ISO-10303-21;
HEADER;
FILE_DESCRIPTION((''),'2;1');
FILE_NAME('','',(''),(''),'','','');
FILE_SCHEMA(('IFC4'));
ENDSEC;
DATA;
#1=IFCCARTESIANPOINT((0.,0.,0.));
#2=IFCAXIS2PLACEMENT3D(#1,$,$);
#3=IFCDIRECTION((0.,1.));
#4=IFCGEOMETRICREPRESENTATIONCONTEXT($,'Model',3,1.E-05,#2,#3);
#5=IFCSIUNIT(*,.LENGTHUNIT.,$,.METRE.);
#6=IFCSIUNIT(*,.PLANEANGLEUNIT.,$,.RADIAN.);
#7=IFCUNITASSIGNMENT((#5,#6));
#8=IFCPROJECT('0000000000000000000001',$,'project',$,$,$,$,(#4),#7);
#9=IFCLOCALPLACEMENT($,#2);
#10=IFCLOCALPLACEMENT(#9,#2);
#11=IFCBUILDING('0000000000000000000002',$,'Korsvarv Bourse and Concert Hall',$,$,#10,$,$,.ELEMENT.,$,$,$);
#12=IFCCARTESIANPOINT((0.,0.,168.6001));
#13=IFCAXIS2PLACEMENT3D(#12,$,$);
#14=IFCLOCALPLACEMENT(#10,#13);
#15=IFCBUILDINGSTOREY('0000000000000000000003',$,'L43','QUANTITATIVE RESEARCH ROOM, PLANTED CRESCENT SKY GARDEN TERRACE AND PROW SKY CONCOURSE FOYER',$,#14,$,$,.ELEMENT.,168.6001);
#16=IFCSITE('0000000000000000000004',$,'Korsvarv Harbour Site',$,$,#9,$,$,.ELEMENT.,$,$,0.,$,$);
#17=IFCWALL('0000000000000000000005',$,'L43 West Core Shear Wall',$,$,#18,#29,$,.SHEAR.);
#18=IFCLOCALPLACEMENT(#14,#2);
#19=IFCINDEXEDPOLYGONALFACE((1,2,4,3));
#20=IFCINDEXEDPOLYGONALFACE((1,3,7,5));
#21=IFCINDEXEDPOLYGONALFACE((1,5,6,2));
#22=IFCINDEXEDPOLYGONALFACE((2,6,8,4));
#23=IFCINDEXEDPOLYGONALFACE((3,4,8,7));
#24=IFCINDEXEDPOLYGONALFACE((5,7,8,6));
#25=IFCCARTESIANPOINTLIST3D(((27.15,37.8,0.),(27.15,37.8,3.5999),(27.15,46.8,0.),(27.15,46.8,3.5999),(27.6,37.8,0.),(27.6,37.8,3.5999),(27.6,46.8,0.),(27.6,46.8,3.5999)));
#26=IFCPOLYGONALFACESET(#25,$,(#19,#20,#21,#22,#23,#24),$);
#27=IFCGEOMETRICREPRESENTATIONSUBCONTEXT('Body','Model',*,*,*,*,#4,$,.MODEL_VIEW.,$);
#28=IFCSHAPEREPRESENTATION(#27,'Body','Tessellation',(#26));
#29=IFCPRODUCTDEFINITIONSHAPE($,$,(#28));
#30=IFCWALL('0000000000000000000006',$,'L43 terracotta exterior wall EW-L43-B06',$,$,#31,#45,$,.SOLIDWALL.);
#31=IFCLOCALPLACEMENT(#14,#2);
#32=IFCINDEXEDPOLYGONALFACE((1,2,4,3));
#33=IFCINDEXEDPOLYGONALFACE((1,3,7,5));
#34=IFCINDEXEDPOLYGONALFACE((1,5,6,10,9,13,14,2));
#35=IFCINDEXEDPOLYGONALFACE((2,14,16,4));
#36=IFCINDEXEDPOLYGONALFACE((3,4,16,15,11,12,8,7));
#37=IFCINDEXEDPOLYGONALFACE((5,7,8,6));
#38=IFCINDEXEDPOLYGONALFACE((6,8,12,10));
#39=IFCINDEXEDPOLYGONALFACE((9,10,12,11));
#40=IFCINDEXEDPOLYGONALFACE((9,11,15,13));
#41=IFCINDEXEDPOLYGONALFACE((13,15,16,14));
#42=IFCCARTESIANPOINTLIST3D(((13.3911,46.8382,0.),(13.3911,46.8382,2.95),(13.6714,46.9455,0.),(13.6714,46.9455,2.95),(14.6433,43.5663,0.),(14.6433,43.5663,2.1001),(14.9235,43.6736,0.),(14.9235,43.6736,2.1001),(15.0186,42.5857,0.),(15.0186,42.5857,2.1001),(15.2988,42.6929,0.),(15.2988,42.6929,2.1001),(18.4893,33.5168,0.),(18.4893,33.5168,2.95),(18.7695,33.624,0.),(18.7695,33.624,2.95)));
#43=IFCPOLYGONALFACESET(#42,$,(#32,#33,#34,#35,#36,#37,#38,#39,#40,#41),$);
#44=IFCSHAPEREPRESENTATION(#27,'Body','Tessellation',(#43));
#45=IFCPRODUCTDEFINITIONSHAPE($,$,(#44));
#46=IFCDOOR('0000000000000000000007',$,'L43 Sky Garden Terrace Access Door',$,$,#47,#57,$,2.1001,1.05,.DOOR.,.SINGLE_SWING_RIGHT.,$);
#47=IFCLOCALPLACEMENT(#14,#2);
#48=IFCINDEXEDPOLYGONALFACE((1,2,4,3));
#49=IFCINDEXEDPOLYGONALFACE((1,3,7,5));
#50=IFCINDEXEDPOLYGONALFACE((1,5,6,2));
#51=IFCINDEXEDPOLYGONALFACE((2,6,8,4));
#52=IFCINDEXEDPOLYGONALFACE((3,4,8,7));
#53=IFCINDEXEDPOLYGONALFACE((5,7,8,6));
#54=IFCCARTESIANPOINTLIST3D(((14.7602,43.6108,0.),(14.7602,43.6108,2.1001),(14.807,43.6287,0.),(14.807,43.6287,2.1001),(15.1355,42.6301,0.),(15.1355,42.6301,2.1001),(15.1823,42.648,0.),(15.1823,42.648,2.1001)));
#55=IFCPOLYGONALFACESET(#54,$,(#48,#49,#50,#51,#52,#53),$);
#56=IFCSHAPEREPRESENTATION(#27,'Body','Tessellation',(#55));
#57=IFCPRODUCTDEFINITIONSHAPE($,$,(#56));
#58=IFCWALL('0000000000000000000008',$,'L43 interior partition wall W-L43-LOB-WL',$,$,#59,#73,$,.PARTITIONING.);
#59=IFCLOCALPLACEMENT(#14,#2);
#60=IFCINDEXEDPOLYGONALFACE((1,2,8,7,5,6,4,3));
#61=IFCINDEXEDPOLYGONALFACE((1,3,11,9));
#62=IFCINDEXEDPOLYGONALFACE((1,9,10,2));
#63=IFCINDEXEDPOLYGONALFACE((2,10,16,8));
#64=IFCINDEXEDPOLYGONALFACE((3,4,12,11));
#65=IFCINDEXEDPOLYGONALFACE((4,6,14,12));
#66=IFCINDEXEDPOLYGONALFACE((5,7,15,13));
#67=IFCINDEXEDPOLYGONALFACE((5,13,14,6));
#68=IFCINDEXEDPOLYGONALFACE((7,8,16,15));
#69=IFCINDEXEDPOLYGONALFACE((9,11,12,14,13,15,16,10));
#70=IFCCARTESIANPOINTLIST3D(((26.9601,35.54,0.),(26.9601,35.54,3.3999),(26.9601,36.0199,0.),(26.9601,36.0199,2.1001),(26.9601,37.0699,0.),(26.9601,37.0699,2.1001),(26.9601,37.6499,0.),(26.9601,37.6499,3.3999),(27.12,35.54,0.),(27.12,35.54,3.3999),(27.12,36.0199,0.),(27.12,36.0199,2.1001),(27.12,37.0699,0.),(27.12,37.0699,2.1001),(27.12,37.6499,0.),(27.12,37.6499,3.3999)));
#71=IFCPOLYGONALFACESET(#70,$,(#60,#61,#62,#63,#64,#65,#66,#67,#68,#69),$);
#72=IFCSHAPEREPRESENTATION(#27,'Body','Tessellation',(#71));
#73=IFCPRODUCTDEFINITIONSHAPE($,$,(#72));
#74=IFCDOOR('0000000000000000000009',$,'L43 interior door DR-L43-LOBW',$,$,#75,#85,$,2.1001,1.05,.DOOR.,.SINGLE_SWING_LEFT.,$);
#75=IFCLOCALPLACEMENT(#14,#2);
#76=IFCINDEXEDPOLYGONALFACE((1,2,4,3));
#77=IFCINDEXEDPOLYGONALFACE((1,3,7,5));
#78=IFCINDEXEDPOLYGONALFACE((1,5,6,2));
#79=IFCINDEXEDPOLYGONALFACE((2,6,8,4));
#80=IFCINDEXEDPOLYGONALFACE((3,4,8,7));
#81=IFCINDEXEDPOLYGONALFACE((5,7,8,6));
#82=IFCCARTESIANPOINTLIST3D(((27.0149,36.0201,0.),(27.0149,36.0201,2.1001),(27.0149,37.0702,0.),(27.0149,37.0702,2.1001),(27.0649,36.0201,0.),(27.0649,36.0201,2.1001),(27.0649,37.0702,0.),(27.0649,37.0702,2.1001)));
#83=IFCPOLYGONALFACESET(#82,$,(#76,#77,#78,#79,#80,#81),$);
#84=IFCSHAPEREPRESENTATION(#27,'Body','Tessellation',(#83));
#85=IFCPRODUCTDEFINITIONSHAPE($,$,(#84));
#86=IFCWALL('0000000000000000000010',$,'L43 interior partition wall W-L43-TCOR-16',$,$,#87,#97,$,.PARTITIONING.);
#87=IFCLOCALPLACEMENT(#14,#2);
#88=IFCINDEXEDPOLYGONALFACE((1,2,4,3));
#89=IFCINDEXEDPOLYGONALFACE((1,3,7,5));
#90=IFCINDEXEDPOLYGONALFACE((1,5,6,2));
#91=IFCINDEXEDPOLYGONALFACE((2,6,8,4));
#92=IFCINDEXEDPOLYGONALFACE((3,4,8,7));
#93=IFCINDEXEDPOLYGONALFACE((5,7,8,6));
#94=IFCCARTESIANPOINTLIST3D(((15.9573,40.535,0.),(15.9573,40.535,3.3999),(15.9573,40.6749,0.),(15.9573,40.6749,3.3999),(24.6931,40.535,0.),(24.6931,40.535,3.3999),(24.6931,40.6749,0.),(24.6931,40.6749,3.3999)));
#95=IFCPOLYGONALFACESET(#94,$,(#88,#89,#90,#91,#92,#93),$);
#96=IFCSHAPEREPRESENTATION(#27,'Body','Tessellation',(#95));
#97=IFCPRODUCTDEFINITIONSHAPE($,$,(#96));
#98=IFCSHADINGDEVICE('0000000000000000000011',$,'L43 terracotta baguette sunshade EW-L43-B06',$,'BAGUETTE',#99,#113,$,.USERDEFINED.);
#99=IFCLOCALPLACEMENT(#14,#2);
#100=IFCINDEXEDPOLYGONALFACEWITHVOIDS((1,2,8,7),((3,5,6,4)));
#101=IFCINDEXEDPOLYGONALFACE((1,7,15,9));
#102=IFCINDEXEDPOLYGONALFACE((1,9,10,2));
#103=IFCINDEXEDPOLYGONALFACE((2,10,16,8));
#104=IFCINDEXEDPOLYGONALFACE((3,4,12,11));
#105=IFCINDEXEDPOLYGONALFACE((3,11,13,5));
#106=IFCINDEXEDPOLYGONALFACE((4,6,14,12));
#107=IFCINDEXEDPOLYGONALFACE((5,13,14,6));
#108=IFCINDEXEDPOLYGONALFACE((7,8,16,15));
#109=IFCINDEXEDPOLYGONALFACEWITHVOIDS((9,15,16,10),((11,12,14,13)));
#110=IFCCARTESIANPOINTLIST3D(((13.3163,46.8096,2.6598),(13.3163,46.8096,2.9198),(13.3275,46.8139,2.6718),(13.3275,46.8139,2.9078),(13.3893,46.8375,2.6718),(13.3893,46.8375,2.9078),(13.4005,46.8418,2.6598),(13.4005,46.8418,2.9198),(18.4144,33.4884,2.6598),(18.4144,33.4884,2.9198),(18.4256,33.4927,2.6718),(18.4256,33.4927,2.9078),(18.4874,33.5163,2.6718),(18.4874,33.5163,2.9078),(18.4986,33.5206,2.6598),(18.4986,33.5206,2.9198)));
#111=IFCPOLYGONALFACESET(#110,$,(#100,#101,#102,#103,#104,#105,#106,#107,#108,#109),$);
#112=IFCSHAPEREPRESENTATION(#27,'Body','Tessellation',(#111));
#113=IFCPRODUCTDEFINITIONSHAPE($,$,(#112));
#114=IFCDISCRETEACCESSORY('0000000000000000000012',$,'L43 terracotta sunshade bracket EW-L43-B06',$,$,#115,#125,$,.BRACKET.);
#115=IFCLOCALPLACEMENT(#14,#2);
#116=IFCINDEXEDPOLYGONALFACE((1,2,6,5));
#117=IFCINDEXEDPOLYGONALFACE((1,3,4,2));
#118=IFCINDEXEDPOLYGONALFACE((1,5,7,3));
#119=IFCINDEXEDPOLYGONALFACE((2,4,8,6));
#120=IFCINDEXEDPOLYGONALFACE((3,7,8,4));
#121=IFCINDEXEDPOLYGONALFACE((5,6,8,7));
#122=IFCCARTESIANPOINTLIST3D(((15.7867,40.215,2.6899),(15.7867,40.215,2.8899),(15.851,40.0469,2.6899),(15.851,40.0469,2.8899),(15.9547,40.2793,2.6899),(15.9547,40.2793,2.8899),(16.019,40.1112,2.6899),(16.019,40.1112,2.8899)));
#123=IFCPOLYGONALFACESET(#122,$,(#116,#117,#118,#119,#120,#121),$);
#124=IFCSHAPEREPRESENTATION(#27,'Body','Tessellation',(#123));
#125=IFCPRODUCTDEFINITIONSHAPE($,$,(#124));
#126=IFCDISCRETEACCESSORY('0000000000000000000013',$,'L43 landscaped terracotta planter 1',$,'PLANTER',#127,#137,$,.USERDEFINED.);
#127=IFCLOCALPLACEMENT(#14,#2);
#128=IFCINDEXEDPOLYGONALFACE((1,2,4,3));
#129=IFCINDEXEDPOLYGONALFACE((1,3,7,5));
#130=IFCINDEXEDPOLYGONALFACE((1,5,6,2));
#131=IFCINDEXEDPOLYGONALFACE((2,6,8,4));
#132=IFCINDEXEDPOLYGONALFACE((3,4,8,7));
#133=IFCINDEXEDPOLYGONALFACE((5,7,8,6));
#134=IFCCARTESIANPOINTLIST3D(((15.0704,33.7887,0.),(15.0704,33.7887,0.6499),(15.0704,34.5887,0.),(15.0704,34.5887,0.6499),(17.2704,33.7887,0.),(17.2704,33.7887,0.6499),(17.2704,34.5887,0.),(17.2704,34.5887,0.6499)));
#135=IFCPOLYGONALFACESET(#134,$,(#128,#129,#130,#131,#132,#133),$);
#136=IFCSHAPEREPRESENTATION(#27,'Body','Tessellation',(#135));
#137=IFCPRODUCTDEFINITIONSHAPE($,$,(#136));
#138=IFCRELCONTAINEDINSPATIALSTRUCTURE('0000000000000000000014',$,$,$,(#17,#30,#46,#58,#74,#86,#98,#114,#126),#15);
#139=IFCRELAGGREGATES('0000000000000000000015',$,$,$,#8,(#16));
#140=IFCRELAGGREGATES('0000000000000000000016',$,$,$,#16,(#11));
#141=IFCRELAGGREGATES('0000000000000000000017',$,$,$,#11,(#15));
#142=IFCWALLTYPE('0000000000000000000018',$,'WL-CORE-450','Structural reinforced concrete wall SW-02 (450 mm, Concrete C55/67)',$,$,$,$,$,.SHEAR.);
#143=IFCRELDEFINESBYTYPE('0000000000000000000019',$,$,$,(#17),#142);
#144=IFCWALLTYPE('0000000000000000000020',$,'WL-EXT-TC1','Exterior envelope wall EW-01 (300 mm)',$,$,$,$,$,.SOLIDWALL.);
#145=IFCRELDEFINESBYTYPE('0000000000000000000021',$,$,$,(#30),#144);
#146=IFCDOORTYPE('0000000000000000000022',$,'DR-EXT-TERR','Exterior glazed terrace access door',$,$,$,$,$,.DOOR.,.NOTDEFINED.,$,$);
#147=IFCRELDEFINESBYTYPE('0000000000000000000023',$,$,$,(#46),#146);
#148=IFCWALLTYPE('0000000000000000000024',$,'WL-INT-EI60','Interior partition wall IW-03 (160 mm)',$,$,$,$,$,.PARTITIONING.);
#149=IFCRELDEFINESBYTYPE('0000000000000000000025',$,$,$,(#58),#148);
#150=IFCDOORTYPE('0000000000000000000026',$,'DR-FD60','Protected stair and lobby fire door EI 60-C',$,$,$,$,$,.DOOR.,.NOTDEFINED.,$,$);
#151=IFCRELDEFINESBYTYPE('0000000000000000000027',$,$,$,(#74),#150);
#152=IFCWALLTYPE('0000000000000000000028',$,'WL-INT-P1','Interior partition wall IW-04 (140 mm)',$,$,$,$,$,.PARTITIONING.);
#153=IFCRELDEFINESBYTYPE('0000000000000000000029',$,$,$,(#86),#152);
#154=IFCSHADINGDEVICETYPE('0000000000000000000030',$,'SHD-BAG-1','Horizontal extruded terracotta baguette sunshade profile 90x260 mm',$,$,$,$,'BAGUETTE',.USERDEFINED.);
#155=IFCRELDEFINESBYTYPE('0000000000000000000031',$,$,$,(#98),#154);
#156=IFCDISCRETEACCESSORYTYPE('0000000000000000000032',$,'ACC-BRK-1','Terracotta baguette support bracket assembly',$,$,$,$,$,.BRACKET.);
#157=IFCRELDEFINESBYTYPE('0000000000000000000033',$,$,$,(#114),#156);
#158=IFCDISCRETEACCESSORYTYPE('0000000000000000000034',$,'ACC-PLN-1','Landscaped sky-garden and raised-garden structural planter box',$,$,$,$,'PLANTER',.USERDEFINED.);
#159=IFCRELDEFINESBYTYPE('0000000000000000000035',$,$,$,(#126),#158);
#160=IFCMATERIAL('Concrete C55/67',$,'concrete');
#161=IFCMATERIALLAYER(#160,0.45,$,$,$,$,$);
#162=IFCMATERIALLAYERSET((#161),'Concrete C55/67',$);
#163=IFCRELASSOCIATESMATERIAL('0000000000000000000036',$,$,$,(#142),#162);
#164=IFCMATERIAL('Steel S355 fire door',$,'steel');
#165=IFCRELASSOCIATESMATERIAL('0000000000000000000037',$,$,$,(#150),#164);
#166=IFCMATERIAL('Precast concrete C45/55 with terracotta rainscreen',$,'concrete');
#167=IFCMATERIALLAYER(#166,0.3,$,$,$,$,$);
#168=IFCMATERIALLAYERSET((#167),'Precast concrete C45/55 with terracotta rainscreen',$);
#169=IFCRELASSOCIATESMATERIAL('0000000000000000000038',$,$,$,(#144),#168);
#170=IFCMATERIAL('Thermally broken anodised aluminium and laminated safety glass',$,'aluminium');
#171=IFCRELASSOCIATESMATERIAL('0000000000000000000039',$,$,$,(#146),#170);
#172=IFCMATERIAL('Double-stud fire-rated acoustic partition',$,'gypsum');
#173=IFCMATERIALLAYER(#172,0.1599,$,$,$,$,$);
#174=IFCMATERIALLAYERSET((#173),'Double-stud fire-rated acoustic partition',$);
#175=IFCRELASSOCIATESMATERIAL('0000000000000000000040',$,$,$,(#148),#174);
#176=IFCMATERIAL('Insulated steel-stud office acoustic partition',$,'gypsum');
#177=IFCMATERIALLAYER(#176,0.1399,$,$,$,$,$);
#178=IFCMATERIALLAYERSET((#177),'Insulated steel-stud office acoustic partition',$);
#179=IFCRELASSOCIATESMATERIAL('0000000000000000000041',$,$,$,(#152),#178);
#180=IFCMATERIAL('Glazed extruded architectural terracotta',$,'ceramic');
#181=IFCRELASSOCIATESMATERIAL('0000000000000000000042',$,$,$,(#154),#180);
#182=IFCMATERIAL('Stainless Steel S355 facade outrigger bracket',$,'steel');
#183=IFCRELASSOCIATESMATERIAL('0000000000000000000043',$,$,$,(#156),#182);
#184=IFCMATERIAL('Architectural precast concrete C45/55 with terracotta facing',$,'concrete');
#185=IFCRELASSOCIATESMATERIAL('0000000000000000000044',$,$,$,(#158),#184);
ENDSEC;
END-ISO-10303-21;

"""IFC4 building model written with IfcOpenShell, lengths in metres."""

from ifc_helpers import new_model, si_unit, direction, frame, frame_2d, origin, origin_2d, place, context, subcontext, project, spatial, rectangle, hollow_rectangle, extrude, source, transform, mapped, material, layer, layer_set, material_profile, profile_set, type_object, element, fill, save


model = new_model("IFC4")

# Units and contexts
model_context = context("Model", 3, precision=1e-05, world=origin(), true_north=direction((0.0, 1.0)))
body_context = subcontext(model_context, "Body", "Model", "MODEL_VIEW")
ifc_project = project(units=[si_unit("LENGTHUNIT", "METRE"), si_unit("PLANEANGLEUNIT", "RADIAN")], contexts=[model_context])

# Site, building, storey
site_placement = place(None, origin())
site = spatial("IfcSite", under=ifc_project, at=site_placement, Name="Korsvarv Harbour Site", CompositionType="ELEMENT", RefElevation=0.0)
building_placement = place(site_placement, origin())
building = spatial("IfcBuilding", under=site, at=building_placement, Name="Korsvarv Bourse and Concert Hall", CompositionType="ELEMENT")
storey_placement = place(building_placement, frame((0.0, 0.0, 168.6001)))
storey = spatial("IfcBuildingStorey", under=building, at=storey_placement, Name="L43", Description="QUANTITATIVE RESEARCH ROOM, PLANTED CRESCENT SKY GARDEN TERRACE AND PROW SKY CONCOURSE FOYER", CompositionType="ELEMENT", Elevation=168.6001)

# Shared definitions
ifc_material_1 = material(Name="Concrete C55/67", Category="concrete")
ifc_layer_1 = layer(ifc_material_1, 0.45)
ifc_layer_set_1 = layer_set([ifc_layer_1], Name="Concrete C55/67")
wall_type_1 = type_object("IfcWallType", Name="WL-CORE-450", Description="Structural reinforced concrete wall SW-02 (450 mm, Concrete C55/67)", PredefinedType="SHEAR", material=ifc_layer_set_1)

# Shared definitions
ifc_material_2 = material(Name="Steel S355 fire door", Category="steel")
door_type_1 = type_object("IfcDoorType", Name="DR-FD60", Description="Protected stair and lobby fire door EI 60-C", OperationType="NOTDEFINED", PredefinedType="DOOR", material=ifc_material_2)

# Wall
wall_1_placement = place(storey_placement, frame((27.375, 37.8, 0.0), z_axis=(0.0, 0.0, 1.0), x_axis=(0.0, 1.0, 0.0)))
element("IfcWall", 1, at=wall_1_placement, inside=storey, type_object=wall_type_1, Name="L43 West Core Shear Wall", PredefinedType="SHEAR", context=body_context, shape_type="SweptSolid", body=[
    extrude(rectangle(XDim=9.0, YDim=0.45, at=frame_2d((4.5, 0.0))), origin(), (0.0, 0.0, 1.0), 3.5999),
])

# Walls, openings, doors
ifc_material_3 = material(Name="Precast concrete C45/55 with terracotta rainscreen", Category="concrete")
ifc_layer_2 = layer(ifc_material_3, 0.3)
ifc_layer_set_2 = layer_set([ifc_layer_2], Name="Precast concrete C45/55 with terracotta rainscreen")
wall_type_2 = type_object("IfcWallType", Name="WL-EXT-TC1", Description="Exterior envelope wall EW-01 (300 mm)", PredefinedType="SOLIDWALL", material=ifc_layer_set_2)
wall_2_placement = place(storey_placement, frame((13.5312, 46.8918, 0.0), z_axis=(0.0, 0.0, 1.0), x_axis=(0.35742, -0.933944, 0.0)))
wall_2 = element("IfcWall", 2, at=wall_2_placement, inside=storey, type_object=wall_type_2, Name="L43 terracotta exterior wall EW-L43-B06", PredefinedType="SOLIDWALL", context=body_context, shape_type="SweptSolid", body=[
    extrude(rectangle(XDim=14.2637, YDim=0.3, at=frame_2d((7.1318, 0.0))), origin(), (0.0, 0.0, 1.0), 2.95),
])
opening_1_placement = place(wall_2_placement, frame((3.5034, 0.0, 0.0)))
opening_1 = element("IfcOpeningElement", 3, at=opening_1_placement, cuts=wall_2, PredefinedType="OPENING", context=body_context, shape_type="SweptSolid", body=[
    extrude(rectangle(XDim=1.05, YDim=2.1001, at=frame_2d((0.5249, 1.05))), frame((0.0, 0.1602, 0.0), z_axis=(0.0, -1.0, 0.0), x_axis=(1.0, 0.0, 0.0)), (0.0, 0.0, 1.0), 0.3201),
])
ifc_material_4 = material(Name="Thermally broken anodised aluminium and laminated safety glass", Category="aluminium")
door_type_2 = type_object("IfcDoorType", Name="DR-EXT-TERR", Description="Exterior glazed terrace access door", OperationType="NOTDEFINED", PredefinedType="DOOR", material=ifc_material_4)
door_1_placement = place(opening_1_placement, frame((1.05, 0.0, 0.0), z_axis=(0.0, 0.0, 1.0), x_axis=(-1.0, 0.0, 0.0)))
door_1 = element("IfcDoor", 4, at=door_1_placement, inside=storey, type_object=door_type_2, Name="L43 Sky Garden Terrace Access Door", OperationType="SINGLE_SWING_RIGHT", OverallHeight=2.1001, OverallWidth=1.05, PredefinedType="DOOR", context=body_context, shape_type="SweptSolid", body=[
    extrude(rectangle(XDim=1.05, YDim=2.1001, at=frame_2d((0.5249, 1.05))), frame((0.0, 0.0249, 0.0), z_axis=(0.0, -1.0, 0.0), x_axis=(1.0, 0.0, 0.0)), (0.0, 0.0, 1.0), 0.05),
])
fill(opening_1, door_1)
ifc_material_5 = material(Name="Double-stud fire-rated acoustic partition", Category="gypsum")
ifc_layer_3 = layer(ifc_material_5, 0.1599)
ifc_layer_set_3 = layer_set([ifc_layer_3], Name="Double-stud fire-rated acoustic partition")
wall_type_3 = type_object("IfcWallType", Name="WL-INT-EI60", Description="Interior partition wall IW-03 (160 mm)", PredefinedType="PARTITIONING", material=ifc_layer_set_3)
wall_3_placement = place(storey_placement, frame((27.04, 35.54, 0.0), z_axis=(0.0, 0.0, 1.0), x_axis=(0.0, 1.0, 0.0)))
wall_3 = element("IfcWall", 5, at=wall_3_placement, inside=storey, type_object=wall_type_3, Name="L43 interior partition wall W-L43-LOB-WL", PredefinedType="PARTITIONING", context=body_context, shape_type="SweptSolid", body=[
    extrude(rectangle(XDim=2.1099, YDim=0.1599, at=frame_2d((1.0549, 0.0))), origin(), (0.0, 0.0, 1.0), 3.3999),
])
opening_2_placement = place(wall_3_placement, frame((0.48, 0.0, 0.0)))
opening_2 = element("IfcOpeningElement", 6, at=opening_2_placement, cuts=wall_3, PredefinedType="OPENING", context=body_context, shape_type="SweptSolid", body=[
    extrude(rectangle(XDim=1.05, YDim=2.1001, at=frame_2d((0.5249, 1.05))), frame((0.0, 0.0898, 0.0), z_axis=(0.0, -1.0, 0.0), x_axis=(1.0, 0.0, 0.0)), (0.0, 0.0, 1.0), 0.1799),
])
door_2_placement = place(opening_2_placement, frame((1.05, 0.0, 0.0), z_axis=(0.0, 0.0, 1.0), x_axis=(-1.0, 0.0, 0.0)))
door_2 = element("IfcDoor", 7, at=door_2_placement, inside=storey, type_object=door_type_1, Name="L43 interior door DR-L43-LOBW", OperationType="SINGLE_SWING_LEFT", OverallHeight=2.1001, OverallWidth=1.05, PredefinedType="DOOR", context=body_context, shape_type="SweptSolid", body=[
    extrude(rectangle(XDim=1.05, YDim=2.1001, at=frame_2d((0.5249, 1.05))), frame((0.0, 0.0249, 0.0), z_axis=(0.0, -1.0, 0.0), x_axis=(1.0, 0.0, 0.0)), (0.0, 0.0, 1.0), 0.05),
])
fill(opening_2, door_2)

# Wall
ifc_material_6 = material(Name="Insulated steel-stud office acoustic partition", Category="gypsum")
ifc_layer_4 = layer(ifc_material_6, 0.1399)
ifc_layer_set_4 = layer_set([ifc_layer_4], Name="Insulated steel-stud office acoustic partition")
wall_type_4 = type_object("IfcWallType", Name="WL-INT-P1", Description="Interior partition wall IW-04 (140 mm)", PredefinedType="PARTITIONING", material=ifc_layer_set_4)
wall_4_placement = place(storey_placement, frame((15.9573, 40.605, 0.0), z_axis=(0.0, 0.0, 1.0), x_axis=(1.0, 0.0, 0.0)))
element("IfcWall", 8, at=wall_4_placement, inside=storey, type_object=wall_type_4, Name="L43 interior partition wall W-L43-TCOR-16", PredefinedType="PARTITIONING", context=body_context, shape_type="SweptSolid", body=[
    extrude(rectangle(XDim=8.7358, YDim=0.1399, at=frame_2d((4.3679, 0.0))), origin(), (0.0, 0.0, 1.0), 3.3999),
])

# Shading device
ifc_material_7 = material(Name="Glazed extruded architectural terracotta", Category="ceramic")
ifc_material_profile_1 = material_profile(ifc_material_7, hollow_rectangle(XDim=0.0901, YDim=0.26, WallThickness=0.012, at=origin_2d()), Name="TC-BAG 90x260")
ifc_profile_set_1 = profile_set([ifc_material_profile_1], Name="Glazed extruded architectural terracotta")
shading_device_type = type_object("IfcShadingDeviceType", Name="SHD-BAG-1", Description="Horizontal extruded terracotta baguette sunshade profile 90x260 mm", ElementType="BAGUETTE", PredefinedType="USERDEFINED", material=ifc_profile_set_1)
shared_shape_1 = source(origin(), body_context, "Body", "SweptSolid", [
    extrude(hollow_rectangle(XDim=0.0901, YDim=0.26, WallThickness=0.012, at=origin_2d()), origin(), (0.0, 0.0, 1.0), 14.2634),
])
shading_device_placement = place(storey_placement, frame((13.3584, 46.8257, 2.7898), z_axis=(0.357426, -0.933942, 0.0), x_axis=(0.933942, 0.357426, 0.0)))
element("IfcShadingDevice", 9, at=shading_device_placement, inside=storey, type_object=shading_device_type, Name="L43 terracotta baguette sunshade EW-L43-B06", ObjectType="BAGUETTE", PredefinedType="USERDEFINED", context=body_context, shape_type="MappedRepresentation", body=[
    mapped(shared_shape_1, transform((0.0, 0.0, 0.0), scale=1.0)),
])

# Discrete accessories
ifc_material_8 = material(Name="Stainless Steel S355 facade outrigger bracket", Category="steel")
discrete_accessory_type_1 = type_object("IfcDiscreteAccessoryType", Name="ACC-BRK-1", Description="Terracotta baguette support bracket assembly", PredefinedType="BRACKET", material=ifc_material_8)
shared_shape_2 = source(origin(), body_context, "Body", "SweptSolid", [
    extrude(rectangle(XDim=0.1799, YDim=0.1799, at=origin_2d()), origin(), (0.0, 0.0, 1.0), 0.2),
])
discrete_accessory_1_placement = place(storey_placement, frame((15.9028, 40.1631, 2.6899), z_axis=(0.0, 0.0, 1.0), x_axis=(0.35739, -0.933955, 0.0)))
element("IfcDiscreteAccessory", 10, at=discrete_accessory_1_placement, inside=storey, type_object=discrete_accessory_type_1, Name="L43 terracotta sunshade bracket EW-L43-B06", PredefinedType="BRACKET", context=body_context, shape_type="MappedRepresentation", body=[
    mapped(shared_shape_2, transform((0.0, 0.0, 0.0), scale=1.0)),
])
ifc_material_9 = material(Name="Architectural precast concrete C45/55 with terracotta facing", Category="concrete")
discrete_accessory_type_2 = type_object("IfcDiscreteAccessoryType", Name="ACC-PLN-1", Description="Landscaped sky-garden and raised-garden structural planter box", ElementType="PLANTER", PredefinedType="USERDEFINED", material=ifc_material_9)
shared_shape_3 = source(origin(), body_context, "Body", "SweptSolid", [
    extrude(rectangle(XDim=2.2, YDim=0.8, at=origin_2d()), origin(), (0.0, 0.0, 1.0), 0.6499),
])
discrete_accessory_2_placement = place(storey_placement, frame((16.1704, 34.1887, 0.0), z_axis=(0.0, 0.0, 1.0), x_axis=(1.0, 0.0, 0.0)))
element("IfcDiscreteAccessory", 11, at=discrete_accessory_2_placement, inside=storey, type_object=discrete_accessory_type_2, Name="L43 landscaped terracotta planter 1", ObjectType="PLANTER", PredefinedType="USERDEFINED", context=body_context, shape_type="MappedRepresentation", body=[
    mapped(shared_shape_3, transform((0.0, 0.0, 0.0), scale=1.0)),
])

save(model, "model.ifc")
